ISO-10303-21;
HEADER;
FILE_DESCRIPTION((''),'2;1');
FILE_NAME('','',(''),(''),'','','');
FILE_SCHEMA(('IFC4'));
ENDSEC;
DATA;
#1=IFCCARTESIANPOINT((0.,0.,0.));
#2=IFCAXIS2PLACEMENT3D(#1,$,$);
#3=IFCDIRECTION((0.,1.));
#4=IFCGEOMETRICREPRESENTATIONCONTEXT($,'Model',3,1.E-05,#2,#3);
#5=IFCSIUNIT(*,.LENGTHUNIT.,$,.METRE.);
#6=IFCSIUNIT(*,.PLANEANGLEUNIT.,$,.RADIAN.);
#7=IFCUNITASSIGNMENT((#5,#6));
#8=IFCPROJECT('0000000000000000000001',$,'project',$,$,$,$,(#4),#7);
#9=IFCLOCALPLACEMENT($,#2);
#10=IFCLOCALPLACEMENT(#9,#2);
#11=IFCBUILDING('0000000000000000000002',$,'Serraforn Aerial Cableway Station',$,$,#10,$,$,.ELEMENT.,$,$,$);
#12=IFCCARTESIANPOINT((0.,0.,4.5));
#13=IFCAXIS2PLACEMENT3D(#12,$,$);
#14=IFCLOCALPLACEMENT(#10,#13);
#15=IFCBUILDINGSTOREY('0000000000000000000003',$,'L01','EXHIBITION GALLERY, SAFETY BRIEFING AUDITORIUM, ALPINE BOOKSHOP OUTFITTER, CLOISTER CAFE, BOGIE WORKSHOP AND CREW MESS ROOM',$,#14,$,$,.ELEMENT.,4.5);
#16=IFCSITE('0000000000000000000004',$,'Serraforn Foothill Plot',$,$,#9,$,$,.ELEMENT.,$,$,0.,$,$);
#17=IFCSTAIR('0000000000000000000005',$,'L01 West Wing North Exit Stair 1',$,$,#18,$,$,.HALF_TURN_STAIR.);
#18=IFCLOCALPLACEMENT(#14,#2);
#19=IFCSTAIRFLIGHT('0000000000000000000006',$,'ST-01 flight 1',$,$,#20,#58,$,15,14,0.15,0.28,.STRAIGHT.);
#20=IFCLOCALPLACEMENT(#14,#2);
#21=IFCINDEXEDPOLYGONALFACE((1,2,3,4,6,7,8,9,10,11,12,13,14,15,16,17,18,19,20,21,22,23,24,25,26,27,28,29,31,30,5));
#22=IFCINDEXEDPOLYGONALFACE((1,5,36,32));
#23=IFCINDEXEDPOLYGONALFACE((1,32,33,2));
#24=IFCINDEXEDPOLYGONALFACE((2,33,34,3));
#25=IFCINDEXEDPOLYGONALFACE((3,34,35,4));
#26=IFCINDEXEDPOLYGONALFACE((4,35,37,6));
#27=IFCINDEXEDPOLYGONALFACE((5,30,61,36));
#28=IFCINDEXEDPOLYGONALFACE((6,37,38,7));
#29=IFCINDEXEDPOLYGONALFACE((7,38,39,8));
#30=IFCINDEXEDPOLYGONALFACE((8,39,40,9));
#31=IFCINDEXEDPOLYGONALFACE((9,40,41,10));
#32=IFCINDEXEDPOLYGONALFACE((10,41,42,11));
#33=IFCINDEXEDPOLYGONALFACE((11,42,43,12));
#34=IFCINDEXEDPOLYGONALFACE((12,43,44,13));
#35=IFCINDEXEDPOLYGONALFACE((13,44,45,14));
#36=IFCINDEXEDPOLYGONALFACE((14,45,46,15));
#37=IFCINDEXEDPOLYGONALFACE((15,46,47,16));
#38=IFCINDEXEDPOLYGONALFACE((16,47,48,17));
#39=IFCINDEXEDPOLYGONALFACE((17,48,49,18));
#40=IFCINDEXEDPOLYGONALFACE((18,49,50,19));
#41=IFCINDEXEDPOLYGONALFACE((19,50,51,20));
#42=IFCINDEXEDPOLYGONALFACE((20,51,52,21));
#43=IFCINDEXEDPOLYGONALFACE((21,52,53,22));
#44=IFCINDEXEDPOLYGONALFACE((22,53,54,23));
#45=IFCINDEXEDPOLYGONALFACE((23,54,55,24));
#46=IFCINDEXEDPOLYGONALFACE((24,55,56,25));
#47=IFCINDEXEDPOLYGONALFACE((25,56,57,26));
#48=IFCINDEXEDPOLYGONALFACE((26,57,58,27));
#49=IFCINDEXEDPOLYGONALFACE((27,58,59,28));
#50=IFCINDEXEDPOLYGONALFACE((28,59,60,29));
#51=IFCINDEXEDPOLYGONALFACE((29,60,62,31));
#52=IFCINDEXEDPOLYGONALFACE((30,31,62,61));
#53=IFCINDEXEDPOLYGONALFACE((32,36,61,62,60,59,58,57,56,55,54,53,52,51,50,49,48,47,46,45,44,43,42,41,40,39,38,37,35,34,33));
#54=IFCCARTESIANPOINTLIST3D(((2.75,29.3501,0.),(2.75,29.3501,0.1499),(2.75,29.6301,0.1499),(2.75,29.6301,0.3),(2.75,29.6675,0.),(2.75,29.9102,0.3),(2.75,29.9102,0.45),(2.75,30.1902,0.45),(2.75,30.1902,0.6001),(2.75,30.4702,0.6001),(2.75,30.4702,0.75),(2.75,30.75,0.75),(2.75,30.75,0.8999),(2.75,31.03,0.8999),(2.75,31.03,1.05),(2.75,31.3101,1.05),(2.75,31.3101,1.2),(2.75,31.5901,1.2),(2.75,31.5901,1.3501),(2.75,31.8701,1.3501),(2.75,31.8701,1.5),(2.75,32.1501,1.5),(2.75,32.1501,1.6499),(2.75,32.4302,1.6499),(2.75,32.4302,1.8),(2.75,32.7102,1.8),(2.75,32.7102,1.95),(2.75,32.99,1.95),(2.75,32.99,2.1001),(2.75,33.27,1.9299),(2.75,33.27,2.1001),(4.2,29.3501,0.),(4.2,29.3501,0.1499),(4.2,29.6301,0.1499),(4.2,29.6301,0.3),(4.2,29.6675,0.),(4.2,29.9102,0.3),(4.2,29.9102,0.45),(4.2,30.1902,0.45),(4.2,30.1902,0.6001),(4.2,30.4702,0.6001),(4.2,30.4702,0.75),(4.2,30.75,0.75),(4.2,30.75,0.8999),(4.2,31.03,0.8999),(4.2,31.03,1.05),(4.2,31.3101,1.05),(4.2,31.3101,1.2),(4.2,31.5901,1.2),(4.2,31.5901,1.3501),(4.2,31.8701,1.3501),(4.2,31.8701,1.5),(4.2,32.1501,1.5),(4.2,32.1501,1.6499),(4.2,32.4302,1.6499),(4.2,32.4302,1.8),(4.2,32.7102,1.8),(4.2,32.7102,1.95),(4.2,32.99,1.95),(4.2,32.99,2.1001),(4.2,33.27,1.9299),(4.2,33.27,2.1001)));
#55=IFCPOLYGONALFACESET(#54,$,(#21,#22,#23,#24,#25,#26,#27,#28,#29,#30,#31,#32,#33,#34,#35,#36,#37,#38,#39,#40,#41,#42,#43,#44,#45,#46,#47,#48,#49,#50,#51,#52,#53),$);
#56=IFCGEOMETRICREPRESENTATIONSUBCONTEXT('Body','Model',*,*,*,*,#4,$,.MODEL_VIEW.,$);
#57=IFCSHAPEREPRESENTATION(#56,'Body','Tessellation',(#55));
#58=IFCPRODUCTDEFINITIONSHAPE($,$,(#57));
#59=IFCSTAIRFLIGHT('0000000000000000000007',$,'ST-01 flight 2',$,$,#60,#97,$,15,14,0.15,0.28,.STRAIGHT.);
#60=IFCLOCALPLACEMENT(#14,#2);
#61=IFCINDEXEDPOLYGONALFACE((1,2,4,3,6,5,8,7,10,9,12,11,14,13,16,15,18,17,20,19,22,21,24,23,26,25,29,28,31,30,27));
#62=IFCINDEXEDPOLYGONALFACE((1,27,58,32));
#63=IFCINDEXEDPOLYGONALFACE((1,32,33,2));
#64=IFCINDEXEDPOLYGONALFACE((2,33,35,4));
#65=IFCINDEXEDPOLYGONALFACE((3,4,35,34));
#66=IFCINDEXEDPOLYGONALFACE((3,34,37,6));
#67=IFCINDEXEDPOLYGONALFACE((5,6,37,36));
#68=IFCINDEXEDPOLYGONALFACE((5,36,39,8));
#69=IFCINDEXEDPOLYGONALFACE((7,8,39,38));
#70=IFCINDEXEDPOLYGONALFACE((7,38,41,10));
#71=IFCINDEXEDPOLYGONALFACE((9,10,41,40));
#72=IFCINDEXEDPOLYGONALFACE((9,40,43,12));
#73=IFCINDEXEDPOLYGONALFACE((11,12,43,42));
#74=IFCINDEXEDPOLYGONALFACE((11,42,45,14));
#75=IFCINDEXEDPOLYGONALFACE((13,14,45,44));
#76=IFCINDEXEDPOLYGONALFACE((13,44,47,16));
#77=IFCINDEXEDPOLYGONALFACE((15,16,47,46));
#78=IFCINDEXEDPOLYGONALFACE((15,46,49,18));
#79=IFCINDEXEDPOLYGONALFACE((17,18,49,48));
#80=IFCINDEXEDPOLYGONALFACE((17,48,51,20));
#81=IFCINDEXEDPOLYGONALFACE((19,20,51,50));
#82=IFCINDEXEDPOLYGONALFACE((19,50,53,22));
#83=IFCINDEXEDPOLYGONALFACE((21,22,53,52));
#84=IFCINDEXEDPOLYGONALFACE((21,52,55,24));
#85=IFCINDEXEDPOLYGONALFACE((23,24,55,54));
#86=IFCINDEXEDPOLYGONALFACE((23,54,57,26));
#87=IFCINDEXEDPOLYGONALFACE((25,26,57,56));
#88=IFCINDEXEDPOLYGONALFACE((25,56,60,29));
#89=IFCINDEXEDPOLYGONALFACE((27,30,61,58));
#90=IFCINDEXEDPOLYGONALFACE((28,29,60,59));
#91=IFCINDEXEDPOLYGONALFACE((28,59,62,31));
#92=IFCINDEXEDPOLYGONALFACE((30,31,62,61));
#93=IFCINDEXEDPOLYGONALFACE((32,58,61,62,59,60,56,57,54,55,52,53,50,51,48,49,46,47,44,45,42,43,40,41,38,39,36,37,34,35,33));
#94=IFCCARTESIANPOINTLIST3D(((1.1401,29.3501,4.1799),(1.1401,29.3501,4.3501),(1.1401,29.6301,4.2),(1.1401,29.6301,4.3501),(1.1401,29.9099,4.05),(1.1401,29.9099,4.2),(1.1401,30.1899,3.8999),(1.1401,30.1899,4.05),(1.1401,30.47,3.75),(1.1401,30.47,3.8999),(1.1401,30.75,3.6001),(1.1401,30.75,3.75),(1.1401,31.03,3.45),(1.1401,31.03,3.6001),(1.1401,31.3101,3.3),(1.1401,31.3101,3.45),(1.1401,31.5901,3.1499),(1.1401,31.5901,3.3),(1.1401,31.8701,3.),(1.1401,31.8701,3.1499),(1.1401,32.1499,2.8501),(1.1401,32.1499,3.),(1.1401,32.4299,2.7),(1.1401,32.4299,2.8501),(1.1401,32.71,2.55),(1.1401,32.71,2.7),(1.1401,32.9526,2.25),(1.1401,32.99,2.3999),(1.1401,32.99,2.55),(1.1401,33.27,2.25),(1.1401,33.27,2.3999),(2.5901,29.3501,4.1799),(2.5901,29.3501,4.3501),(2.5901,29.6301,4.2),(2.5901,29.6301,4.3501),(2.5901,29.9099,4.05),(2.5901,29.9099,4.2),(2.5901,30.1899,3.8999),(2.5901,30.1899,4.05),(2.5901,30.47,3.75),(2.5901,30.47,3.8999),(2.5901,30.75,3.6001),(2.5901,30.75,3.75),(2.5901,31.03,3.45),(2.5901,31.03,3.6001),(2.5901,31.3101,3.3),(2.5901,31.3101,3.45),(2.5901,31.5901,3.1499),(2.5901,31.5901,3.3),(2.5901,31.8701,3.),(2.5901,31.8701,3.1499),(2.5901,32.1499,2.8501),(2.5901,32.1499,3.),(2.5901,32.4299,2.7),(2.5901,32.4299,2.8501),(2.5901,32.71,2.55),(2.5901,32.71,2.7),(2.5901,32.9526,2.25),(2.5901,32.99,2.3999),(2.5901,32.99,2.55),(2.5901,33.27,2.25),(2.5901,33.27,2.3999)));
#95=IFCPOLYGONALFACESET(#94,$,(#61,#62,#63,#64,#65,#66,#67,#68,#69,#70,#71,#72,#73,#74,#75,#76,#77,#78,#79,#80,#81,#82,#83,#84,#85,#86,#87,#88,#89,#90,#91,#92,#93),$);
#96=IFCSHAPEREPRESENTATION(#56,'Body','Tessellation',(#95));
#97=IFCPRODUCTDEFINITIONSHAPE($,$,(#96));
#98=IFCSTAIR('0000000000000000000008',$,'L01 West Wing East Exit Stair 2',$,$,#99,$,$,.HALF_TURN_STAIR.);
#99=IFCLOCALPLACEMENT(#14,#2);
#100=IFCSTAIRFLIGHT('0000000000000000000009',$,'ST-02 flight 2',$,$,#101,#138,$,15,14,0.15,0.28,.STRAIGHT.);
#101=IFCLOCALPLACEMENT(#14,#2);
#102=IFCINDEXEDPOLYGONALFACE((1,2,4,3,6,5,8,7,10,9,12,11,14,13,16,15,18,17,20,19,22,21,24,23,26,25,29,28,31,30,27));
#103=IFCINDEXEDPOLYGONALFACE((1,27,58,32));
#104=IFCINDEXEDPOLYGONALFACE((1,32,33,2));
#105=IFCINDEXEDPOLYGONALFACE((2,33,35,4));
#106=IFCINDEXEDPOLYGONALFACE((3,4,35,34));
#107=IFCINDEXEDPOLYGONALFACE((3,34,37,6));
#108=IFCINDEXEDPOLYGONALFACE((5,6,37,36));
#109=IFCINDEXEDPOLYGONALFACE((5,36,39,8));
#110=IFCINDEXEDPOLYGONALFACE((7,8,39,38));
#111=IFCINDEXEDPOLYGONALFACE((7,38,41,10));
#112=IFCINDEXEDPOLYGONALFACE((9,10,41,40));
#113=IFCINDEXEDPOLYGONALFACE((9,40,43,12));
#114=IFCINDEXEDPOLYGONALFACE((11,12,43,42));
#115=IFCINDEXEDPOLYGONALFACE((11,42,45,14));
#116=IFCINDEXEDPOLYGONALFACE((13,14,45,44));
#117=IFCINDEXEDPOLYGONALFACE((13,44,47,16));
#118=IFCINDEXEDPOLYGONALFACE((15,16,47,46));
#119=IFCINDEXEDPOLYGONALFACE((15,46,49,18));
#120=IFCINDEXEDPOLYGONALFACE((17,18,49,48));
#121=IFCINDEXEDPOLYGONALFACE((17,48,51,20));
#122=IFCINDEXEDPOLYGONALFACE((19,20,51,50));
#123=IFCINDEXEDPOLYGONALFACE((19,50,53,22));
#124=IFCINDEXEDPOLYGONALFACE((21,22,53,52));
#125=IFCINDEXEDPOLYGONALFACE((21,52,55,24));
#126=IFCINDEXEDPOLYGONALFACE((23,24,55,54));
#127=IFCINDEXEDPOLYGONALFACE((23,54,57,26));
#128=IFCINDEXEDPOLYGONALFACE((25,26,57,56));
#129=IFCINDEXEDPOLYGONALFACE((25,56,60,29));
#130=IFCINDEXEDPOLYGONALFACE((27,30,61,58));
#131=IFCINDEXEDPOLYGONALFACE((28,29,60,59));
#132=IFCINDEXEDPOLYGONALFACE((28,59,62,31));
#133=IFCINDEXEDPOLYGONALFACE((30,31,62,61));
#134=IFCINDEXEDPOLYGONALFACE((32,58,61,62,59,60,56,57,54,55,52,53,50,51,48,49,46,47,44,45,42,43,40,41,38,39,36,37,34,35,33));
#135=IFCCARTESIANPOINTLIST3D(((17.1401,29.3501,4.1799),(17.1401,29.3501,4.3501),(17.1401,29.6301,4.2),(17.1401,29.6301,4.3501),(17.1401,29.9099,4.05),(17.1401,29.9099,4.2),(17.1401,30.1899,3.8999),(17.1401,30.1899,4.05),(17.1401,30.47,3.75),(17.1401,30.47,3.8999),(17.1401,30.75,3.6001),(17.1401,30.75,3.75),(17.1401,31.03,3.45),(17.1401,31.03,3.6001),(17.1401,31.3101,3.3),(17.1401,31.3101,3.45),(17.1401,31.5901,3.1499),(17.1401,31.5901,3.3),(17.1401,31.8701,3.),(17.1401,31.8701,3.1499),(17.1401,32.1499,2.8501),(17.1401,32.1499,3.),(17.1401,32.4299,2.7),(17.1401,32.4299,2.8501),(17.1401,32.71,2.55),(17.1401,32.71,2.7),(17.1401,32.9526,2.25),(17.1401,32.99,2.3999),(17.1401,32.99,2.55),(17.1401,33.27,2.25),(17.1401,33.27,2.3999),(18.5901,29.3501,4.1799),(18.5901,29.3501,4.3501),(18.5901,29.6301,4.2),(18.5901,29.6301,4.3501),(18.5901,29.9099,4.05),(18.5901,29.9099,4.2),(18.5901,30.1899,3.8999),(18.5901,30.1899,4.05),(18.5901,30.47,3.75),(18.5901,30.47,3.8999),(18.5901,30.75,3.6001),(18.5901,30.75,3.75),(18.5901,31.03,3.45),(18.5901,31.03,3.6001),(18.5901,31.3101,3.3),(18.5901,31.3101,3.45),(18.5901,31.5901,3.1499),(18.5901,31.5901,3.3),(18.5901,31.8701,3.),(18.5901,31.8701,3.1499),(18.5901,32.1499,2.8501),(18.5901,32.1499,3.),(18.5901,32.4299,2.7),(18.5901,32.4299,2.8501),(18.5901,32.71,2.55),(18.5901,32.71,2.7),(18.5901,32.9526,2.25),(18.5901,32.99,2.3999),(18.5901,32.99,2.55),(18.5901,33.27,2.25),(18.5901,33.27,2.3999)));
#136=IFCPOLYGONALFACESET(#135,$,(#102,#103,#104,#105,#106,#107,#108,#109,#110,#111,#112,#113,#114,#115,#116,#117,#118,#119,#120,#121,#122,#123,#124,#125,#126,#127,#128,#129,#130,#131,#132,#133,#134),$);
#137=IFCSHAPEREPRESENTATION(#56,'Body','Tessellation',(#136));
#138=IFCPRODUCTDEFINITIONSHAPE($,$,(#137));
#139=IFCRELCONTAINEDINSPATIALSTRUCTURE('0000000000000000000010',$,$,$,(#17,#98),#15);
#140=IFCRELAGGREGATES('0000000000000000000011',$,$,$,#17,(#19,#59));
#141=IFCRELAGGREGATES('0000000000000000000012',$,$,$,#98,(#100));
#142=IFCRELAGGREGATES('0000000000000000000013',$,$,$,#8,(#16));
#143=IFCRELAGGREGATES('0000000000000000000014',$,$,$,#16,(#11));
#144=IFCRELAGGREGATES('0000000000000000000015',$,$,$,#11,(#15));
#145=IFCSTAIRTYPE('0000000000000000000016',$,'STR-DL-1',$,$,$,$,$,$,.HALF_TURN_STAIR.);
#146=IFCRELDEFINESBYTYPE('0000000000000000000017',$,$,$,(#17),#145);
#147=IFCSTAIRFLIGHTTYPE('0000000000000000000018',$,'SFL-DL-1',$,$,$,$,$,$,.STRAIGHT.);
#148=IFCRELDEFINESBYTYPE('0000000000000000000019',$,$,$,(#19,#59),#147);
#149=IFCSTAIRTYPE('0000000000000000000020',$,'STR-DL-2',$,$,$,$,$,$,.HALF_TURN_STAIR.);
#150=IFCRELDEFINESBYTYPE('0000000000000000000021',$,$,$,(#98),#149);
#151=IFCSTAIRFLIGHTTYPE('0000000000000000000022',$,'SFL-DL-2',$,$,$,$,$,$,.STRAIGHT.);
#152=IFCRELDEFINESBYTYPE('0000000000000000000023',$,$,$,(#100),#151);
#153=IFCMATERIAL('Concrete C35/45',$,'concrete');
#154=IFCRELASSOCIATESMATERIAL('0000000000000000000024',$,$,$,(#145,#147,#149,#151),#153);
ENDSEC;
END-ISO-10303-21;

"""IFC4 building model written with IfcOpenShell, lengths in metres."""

from ifc_helpers import new_model, si_unit, direction, frame, origin, place, context, subcontext, project, spatial, polyline, outline, extrude, material, type_object, element, aggregate, save


model = new_model("IFC4")

# Units and contexts
model_context = context("Model", 3, precision=1e-05, world=origin(), true_north=direction((0.0, 1.0)))
body_context = subcontext(model_context, "Body", "Model", "MODEL_VIEW")
ifc_project = project(units=[si_unit("LENGTHUNIT", "METRE"), si_unit("PLANEANGLEUNIT", "RADIAN")], contexts=[model_context])

# Site, building, storey
site_placement = place(None, origin())
site = spatial("IfcSite", under=ifc_project, at=site_placement, Name="Serraforn Foothill Plot", CompositionType="ELEMENT", RefElevation=0.0)
building_placement = place(site_placement, origin())
building = spatial("IfcBuilding", under=site, at=building_placement, Name="Serraforn Aerial Cableway Station", CompositionType="ELEMENT")
storey_placement = place(building_placement, frame((0.0, 0.0, 4.5)))
storey = spatial("IfcBuildingStorey", under=building, at=storey_placement, Name="L01", Description="EXHIBITION GALLERY, SAFETY BRIEFING AUDITORIUM, ALPINE BOOKSHOP OUTFITTER, CLOISTER CAFE, BOGIE WORKSHOP AND CREW MESS ROOM", CompositionType="ELEMENT", Elevation=4.5)

# Shared definitions
ifc_material_1 = material(Name="Concrete C35/45", Category="concrete")

# Stair, stair flights
stair_type_1 = type_object("IfcStairType", Name="STR-DL-1", PredefinedType="HALF_TURN_STAIR", material=ifc_material_1)
stair_1_placement = place(storey_placement, origin())
stair_1 = element("IfcStair", 1, at=stair_1_placement, inside=storey, type_object=stair_type_1, Name="L01 West Wing North Exit Stair 1", PredefinedType="HALF_TURN_STAIR")
stair_flight_type_1 = type_object("IfcStairFlightType", Name="SFL-DL-1", PredefinedType="STRAIGHT", material=ifc_material_1)
stair_flight_1_placement = place(storey_placement, frame((3.4751, 29.3501, 0.0), z_axis=(0.0, 0.0, 1.0), x_axis=(0.0, 1.0, 0.0)))
stair_flight_1 = element("IfcStairFlight", 2, at=stair_flight_1_placement, type_object=stair_flight_type_1, Name="ST-01 flight 1", NumberOfRisers=15, NumberOfTreads=14, PredefinedType="STRAIGHT", RiserHeight=0.15, TreadLength=0.28, context=body_context, shape_type="SweptSolid", body=[
    extrude(outline(polyline([(0.0, 0.0), (0.0, 0.1499), (0.28, 0.1499), (0.28, 0.3), (0.5601, 0.3), (0.5601, 0.45), (0.8401, 0.45), (0.8401, 0.6001), (1.1201, 0.6001), (1.1201, 0.75), (1.3999, 0.75), (1.3999, 0.8999), (1.6799, 0.8999), (1.6799, 1.05), (1.96, 1.05), (1.96, 1.2), (2.24, 1.2), (2.24, 1.3501), (2.52, 1.3501), (2.52, 1.5), (2.8, 1.5), (2.8, 1.6499), (3.0801, 1.6499), (3.0801, 1.8), (3.3601, 1.8), (3.3601, 1.95), (3.6399, 1.95), (3.6399, 2.1001), (3.9199, 2.1001), (3.9199, 2.25), (3.9199, 1.9299), (0.3174, 0.0), (0.0, 0.0)])), frame((0.0, 0.7251, 0.0), z_axis=(0.0, -1.0, 0.0), x_axis=(1.0, 0.0, 0.0)), (0.0, 0.0, 1.0), 1.45),
])
stair_flight_2_placement = place(storey_placement, frame((1.865, 33.27, 2.25), z_axis=(0.0, 0.0, 1.0), x_axis=(0.0, -1.0, 0.0)))
stair_flight_2 = element("IfcStairFlight", 3, at=stair_flight_2_placement, type_object=stair_flight_type_1, Name="ST-01 flight 2", NumberOfRisers=15, NumberOfTreads=14, PredefinedType="STRAIGHT", RiserHeight=0.15, TreadLength=0.28, context=body_context, shape_type="SweptSolid", body=[
    extrude(outline(polyline([(0.0, 0.0), (0.0, 0.1499), (0.28, 0.1499), (0.28, 0.3), (0.5601, 0.3), (0.5601, 0.45), (0.8401, 0.45), (0.8401, 0.6001), (1.1201, 0.6001), (1.1201, 0.75), (1.3999, 0.75), (1.3999, 0.8999), (1.6799, 0.8999), (1.6799, 1.05), (1.96, 1.05), (1.96, 1.2), (2.24, 1.2), (2.24, 1.3501), (2.52, 1.3501), (2.52, 1.5), (2.8, 1.5), (2.8, 1.6499), (3.0801, 1.6499), (3.0801, 1.8), (3.3601, 1.8), (3.3601, 1.95), (3.6399, 1.95), (3.6399, 2.1001), (3.9199, 2.1001), (3.9199, 2.25), (3.9199, 1.9299), (0.3174, 0.0), (0.0, 0.0)])), frame((0.0, 0.7251, 0.0), z_axis=(0.0, -1.0, 0.0), x_axis=(1.0, 0.0, 0.0)), (0.0, 0.0, 1.0), 1.45),
])
aggregate(stair_1, [stair_flight_1, stair_flight_2])

# Stair, stair flight
stair_type_2 = type_object("IfcStairType", Name="STR-DL-2", PredefinedType="HALF_TURN_STAIR", material=ifc_material_1)
stair_2_placement = place(storey_placement, origin())
stair_2 = element("IfcStair", 4, at=stair_2_placement, inside=storey, type_object=stair_type_2, Name="L01 West Wing East Exit Stair 2", PredefinedType="HALF_TURN_STAIR")
stair_flight_type_2 = type_object("IfcStairFlightType", Name="SFL-DL-2", PredefinedType="STRAIGHT", material=ifc_material_1)
stair_flight_3_placement = place(storey_placement, frame((17.865, 33.27, 2.25), z_axis=(0.0, 0.0, 1.0), x_axis=(0.0, -1.0, 0.0)))
stair_flight_3 = element("IfcStairFlight", 5, at=stair_flight_3_placement, type_object=stair_flight_type_2, Name="ST-02 flight 2", NumberOfRisers=15, NumberOfTreads=14, PredefinedType="STRAIGHT", RiserHeight=0.15, TreadLength=0.28, context=body_context, shape_type="SweptSolid", body=[
    extrude(outline(polyline([(0.0, 0.0), (0.0, 0.1499), (0.28, 0.1499), (0.28, 0.3), (0.5601, 0.3), (0.5601, 0.45), (0.8401, 0.45), (0.8401, 0.6001), (1.1201, 0.6001), (1.1201, 0.75), (1.3999, 0.75), (1.3999, 0.8999), (1.6799, 0.8999), (1.6799, 1.05), (1.96, 1.05), (1.96, 1.2), (2.24, 1.2), (2.24, 1.3501), (2.52, 1.3501), (2.52, 1.5), (2.8, 1.5), (2.8, 1.6499), (3.0801, 1.6499), (3.0801, 1.8), (3.3601, 1.8), (3.3601, 1.95), (3.6399, 1.95), (3.6399, 2.1001), (3.9199, 2.1001), (3.9199, 2.25), (3.9199, 1.9299), (0.3174, 0.0), (0.0, 0.0)])), frame((0.0, 0.7251, 0.0), z_axis=(0.0, -1.0, 0.0), x_axis=(1.0, 0.0, 0.0)), (0.0, 0.0, 1.0), 1.45),
])
aggregate(stair_2, [stair_flight_3])

save(model, "model.ifc")
